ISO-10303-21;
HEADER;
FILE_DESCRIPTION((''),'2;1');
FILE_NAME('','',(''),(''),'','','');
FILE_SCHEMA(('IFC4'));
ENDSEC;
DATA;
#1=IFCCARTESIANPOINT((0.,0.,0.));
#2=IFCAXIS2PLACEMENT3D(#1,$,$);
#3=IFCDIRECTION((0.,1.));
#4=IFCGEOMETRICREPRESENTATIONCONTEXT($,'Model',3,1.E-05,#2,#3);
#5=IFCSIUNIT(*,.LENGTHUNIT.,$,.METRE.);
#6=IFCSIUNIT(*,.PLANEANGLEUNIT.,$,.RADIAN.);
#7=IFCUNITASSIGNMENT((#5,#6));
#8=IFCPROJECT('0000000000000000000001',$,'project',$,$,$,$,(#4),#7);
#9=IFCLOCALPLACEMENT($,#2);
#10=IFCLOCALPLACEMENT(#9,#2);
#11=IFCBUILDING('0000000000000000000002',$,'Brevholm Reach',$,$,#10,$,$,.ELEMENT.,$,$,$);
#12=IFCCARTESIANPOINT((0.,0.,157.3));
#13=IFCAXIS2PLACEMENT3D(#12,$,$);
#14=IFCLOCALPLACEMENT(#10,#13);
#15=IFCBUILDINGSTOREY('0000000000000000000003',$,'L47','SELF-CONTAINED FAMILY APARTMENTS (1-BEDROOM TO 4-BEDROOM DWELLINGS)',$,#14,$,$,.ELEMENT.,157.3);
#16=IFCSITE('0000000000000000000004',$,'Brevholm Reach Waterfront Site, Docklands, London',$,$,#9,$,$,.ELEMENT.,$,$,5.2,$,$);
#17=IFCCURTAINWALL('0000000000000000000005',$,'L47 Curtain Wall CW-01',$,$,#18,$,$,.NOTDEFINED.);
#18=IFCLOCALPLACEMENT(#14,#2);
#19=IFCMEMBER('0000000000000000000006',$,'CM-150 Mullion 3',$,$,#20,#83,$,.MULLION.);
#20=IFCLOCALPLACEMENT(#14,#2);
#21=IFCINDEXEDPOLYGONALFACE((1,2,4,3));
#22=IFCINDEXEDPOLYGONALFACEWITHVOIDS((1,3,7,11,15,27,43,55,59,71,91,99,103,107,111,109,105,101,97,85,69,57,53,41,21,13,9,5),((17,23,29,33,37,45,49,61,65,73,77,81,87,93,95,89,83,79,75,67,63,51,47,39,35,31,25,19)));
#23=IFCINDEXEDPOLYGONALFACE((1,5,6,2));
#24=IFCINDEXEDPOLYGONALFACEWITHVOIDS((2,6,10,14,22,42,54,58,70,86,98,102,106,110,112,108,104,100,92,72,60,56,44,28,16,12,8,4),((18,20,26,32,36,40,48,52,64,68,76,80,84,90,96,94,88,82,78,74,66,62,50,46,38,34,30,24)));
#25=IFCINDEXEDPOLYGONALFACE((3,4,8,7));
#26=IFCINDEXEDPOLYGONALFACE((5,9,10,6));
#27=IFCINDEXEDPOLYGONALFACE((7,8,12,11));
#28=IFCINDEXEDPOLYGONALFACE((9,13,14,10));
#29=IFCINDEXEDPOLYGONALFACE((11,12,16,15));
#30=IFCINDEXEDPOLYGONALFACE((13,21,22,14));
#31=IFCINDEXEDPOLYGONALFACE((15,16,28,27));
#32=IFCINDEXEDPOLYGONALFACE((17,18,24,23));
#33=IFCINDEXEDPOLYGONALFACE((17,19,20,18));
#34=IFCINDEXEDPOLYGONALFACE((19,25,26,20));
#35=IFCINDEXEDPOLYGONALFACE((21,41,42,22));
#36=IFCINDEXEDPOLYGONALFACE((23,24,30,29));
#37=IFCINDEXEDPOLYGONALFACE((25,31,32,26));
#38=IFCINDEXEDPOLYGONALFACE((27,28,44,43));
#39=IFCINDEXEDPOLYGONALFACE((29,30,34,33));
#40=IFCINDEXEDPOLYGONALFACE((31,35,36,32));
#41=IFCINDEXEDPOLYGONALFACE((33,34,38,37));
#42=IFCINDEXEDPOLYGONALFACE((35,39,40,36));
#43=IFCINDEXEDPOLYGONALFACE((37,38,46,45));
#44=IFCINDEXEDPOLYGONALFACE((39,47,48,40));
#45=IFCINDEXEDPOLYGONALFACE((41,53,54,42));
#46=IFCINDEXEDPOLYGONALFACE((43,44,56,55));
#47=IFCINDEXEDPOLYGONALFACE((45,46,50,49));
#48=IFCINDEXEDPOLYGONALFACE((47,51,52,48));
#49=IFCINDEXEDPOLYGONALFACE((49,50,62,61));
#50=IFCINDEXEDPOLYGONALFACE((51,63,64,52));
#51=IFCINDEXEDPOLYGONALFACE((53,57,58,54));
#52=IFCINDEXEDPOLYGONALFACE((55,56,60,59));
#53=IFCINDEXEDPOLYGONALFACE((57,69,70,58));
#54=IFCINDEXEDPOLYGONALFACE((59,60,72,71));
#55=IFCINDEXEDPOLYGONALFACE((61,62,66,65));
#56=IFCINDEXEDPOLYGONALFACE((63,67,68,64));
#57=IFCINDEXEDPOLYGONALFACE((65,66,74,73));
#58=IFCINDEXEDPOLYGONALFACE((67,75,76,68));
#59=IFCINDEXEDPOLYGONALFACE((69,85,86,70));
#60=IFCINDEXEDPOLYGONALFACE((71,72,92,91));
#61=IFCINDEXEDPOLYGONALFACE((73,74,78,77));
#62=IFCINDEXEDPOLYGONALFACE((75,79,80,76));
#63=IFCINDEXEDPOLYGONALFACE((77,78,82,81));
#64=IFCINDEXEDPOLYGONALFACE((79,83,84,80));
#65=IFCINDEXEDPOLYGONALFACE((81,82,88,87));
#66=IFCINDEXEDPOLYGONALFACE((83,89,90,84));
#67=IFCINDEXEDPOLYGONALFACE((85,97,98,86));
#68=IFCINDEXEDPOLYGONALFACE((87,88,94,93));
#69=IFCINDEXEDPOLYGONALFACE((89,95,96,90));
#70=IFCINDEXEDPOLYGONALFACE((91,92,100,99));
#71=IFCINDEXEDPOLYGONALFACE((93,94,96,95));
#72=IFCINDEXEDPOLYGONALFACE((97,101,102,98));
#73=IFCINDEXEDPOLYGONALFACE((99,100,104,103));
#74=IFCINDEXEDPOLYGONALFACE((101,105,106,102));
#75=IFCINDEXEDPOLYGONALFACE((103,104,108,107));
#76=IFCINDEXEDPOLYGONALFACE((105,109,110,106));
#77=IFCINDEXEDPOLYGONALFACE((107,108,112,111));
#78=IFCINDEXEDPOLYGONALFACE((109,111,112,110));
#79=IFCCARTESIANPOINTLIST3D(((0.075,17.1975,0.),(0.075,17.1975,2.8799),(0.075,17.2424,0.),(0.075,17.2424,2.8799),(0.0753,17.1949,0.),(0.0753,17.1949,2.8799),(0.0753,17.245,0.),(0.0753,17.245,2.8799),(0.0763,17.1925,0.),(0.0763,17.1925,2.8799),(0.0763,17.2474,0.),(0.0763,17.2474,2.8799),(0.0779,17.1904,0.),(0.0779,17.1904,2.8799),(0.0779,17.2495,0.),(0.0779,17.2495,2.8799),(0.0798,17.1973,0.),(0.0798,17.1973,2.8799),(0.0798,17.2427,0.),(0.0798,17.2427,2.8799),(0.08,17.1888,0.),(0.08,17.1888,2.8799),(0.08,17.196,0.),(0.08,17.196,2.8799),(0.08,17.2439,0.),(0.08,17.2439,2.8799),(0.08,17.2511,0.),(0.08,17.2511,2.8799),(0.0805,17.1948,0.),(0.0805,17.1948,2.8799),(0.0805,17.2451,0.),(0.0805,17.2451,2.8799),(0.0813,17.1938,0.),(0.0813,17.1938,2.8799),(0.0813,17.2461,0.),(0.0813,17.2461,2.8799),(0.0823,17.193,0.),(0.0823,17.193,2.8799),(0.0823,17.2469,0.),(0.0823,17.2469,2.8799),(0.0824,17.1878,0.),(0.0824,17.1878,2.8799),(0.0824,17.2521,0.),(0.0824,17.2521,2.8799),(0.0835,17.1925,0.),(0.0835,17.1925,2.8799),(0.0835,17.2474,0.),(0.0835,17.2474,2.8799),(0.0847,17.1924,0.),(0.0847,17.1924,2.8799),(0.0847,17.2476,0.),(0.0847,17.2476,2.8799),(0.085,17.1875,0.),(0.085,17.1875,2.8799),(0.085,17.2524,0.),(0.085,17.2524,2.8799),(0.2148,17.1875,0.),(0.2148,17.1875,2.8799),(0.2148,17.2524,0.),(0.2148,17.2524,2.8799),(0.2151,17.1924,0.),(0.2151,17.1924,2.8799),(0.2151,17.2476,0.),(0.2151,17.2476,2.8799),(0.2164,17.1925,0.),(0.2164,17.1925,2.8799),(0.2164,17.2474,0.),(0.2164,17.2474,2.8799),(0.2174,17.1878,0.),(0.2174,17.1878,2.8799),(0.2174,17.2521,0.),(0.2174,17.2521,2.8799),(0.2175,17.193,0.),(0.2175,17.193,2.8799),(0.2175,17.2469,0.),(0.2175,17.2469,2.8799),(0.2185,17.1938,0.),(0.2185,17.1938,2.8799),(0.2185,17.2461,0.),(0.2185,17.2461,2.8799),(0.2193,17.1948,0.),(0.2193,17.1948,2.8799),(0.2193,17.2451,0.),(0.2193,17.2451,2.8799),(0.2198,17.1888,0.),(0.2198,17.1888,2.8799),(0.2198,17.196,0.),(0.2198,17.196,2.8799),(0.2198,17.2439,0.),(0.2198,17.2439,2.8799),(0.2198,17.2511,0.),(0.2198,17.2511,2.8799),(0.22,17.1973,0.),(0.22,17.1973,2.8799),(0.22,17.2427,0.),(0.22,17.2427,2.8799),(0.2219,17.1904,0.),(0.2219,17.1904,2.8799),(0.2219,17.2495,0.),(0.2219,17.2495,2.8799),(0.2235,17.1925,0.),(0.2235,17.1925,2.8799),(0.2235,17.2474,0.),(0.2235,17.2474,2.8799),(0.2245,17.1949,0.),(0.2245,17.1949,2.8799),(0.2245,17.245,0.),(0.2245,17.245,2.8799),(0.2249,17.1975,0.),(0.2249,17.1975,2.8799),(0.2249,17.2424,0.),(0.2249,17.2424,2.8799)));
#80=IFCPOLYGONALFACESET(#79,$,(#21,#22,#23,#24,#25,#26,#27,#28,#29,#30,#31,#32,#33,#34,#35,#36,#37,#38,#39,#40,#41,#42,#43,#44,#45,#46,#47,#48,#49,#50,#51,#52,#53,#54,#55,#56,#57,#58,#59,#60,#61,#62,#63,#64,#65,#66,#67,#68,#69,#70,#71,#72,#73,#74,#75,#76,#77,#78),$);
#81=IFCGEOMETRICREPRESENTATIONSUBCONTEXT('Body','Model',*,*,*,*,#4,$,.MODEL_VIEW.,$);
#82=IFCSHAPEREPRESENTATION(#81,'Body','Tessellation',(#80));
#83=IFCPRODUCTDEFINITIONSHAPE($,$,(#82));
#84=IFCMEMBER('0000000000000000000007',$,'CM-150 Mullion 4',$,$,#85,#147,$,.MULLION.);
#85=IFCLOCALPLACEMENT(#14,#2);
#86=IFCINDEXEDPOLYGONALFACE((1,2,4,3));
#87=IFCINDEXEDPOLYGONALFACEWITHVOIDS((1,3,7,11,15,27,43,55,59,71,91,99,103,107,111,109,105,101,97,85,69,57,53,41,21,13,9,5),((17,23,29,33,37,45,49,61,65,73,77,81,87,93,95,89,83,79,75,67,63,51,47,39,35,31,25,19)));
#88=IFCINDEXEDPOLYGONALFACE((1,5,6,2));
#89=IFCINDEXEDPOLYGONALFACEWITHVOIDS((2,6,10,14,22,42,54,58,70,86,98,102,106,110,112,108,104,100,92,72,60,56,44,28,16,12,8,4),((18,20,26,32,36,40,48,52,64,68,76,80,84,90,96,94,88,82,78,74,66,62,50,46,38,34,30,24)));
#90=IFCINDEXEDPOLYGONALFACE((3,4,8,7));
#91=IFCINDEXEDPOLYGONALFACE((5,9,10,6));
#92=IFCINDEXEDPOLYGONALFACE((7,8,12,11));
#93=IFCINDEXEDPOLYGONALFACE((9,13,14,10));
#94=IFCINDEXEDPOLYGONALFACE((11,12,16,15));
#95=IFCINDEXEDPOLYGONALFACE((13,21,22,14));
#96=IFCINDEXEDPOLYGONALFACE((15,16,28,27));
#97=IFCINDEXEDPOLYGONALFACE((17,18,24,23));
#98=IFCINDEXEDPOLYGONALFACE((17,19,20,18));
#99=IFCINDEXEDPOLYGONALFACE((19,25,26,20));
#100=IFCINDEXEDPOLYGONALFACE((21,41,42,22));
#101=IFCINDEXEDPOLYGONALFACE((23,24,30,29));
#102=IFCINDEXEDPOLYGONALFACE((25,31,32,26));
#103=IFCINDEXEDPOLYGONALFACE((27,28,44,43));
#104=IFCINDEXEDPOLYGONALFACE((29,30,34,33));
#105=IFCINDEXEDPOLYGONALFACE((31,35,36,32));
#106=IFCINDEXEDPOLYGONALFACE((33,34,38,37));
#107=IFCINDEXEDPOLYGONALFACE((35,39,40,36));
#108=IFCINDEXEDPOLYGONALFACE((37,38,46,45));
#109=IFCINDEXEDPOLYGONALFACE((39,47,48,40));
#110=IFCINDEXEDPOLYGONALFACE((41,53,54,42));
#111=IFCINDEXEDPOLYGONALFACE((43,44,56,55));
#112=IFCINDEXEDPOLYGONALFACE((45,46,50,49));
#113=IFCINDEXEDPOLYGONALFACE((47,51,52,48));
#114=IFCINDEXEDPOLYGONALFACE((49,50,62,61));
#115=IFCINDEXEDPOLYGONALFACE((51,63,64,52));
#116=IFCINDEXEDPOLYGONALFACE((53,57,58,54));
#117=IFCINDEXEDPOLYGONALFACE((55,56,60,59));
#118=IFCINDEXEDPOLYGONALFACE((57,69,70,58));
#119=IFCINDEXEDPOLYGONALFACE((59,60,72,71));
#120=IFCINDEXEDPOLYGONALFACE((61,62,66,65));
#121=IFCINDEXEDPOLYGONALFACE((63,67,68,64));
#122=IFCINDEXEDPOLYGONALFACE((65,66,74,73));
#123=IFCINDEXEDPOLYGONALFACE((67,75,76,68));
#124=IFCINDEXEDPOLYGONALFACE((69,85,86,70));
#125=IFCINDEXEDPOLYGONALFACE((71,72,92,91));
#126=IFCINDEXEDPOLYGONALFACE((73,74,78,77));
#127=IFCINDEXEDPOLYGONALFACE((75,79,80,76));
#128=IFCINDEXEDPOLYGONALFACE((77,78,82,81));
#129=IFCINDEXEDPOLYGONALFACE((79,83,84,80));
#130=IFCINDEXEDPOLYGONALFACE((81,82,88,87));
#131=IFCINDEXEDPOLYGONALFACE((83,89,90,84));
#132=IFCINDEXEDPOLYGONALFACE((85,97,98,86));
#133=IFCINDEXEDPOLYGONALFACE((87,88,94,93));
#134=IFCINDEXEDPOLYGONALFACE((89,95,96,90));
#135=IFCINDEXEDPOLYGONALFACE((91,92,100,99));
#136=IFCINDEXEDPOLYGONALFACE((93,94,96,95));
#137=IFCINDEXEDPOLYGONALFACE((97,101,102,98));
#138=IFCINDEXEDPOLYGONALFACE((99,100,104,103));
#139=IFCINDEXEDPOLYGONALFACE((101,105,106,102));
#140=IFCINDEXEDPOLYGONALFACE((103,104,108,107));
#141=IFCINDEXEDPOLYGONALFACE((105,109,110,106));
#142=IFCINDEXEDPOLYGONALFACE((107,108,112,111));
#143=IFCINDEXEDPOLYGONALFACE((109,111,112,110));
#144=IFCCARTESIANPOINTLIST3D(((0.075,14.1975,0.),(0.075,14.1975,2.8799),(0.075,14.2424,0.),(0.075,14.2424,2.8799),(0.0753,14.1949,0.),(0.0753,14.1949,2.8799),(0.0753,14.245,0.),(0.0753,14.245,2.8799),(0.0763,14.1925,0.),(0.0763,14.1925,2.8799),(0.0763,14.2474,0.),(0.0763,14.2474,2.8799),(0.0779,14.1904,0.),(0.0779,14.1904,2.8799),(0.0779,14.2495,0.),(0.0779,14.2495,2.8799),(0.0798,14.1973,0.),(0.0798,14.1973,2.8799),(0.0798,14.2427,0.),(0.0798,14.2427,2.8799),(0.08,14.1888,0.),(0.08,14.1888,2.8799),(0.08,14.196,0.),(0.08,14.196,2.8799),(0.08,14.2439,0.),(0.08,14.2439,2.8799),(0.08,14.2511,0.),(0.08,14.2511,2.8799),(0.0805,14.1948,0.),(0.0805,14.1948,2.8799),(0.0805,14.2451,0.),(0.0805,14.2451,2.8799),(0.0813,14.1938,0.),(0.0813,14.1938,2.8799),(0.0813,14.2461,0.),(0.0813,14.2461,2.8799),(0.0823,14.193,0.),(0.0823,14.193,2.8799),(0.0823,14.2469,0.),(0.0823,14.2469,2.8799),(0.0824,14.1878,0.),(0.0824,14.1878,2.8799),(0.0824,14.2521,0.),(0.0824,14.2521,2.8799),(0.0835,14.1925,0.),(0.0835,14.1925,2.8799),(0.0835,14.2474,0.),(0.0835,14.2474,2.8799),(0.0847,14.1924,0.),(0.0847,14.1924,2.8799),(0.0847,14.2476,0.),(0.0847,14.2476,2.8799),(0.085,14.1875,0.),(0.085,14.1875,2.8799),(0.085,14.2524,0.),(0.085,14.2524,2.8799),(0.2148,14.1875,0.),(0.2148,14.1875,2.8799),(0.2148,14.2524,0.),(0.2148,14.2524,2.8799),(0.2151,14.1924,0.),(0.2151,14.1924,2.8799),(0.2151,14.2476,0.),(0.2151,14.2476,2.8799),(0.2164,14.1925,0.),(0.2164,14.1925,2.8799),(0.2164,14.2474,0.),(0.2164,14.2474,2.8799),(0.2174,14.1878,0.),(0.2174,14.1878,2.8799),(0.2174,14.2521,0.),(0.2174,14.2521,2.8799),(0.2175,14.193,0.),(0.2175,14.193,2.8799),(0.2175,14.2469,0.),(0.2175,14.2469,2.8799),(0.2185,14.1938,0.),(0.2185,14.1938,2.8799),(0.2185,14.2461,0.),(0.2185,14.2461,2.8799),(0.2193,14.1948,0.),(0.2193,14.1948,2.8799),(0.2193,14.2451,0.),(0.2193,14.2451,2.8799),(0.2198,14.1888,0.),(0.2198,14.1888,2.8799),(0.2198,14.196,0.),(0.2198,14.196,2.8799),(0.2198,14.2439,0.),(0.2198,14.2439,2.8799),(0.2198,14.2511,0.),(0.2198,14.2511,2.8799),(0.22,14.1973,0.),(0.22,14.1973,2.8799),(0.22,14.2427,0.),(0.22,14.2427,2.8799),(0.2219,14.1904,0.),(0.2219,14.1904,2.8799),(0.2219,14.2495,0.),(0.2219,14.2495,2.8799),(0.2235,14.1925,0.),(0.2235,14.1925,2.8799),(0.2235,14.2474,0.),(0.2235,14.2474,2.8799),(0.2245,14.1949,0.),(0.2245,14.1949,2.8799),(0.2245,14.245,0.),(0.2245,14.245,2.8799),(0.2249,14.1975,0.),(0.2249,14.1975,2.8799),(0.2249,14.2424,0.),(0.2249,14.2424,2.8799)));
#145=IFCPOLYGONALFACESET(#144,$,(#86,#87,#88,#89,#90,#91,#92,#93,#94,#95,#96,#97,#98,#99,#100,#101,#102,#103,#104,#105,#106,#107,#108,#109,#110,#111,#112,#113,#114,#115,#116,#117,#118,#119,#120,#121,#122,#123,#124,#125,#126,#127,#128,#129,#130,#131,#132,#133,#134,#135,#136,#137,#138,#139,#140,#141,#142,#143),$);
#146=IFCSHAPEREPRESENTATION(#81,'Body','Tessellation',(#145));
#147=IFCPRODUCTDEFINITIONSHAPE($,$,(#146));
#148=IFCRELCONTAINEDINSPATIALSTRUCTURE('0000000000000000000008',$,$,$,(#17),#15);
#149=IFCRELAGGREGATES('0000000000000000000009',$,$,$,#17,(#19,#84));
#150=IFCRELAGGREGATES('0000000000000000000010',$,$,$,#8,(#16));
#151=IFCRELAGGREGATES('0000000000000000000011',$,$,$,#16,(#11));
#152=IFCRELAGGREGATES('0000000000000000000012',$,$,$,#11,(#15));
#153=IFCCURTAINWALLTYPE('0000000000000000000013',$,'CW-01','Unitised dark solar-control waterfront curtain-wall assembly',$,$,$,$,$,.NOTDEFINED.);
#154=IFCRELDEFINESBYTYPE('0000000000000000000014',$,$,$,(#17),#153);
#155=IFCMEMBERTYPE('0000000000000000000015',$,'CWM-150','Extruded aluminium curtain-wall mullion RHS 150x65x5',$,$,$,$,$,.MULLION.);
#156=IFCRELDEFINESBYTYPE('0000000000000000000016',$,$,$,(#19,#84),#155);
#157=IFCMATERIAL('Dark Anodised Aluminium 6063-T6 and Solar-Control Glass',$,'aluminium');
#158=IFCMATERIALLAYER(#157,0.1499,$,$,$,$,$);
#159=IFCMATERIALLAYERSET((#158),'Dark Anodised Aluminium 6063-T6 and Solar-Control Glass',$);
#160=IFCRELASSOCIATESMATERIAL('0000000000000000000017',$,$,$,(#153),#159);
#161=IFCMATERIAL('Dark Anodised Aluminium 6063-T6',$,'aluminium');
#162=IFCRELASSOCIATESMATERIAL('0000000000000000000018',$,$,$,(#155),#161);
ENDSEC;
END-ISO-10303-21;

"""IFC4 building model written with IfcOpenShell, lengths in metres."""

from ifc_helpers import new_model, si_unit, direction, frame, origin, origin_2d, place, context, subcontext, project, spatial, hollow_rectangle, extrude, material, layer, layer_set, material_profile, profile_set, type_object, element, aggregate, save


model = new_model("IFC4")

# Units and contexts
model_context = context("Model", 3, precision=1e-05, world=origin(), true_north=direction((0.0, 1.0)))
body_context = subcontext(model_context, "Body", "Model", "MODEL_VIEW")
ifc_project = project(units=[si_unit("LENGTHUNIT", "METRE"), si_unit("PLANEANGLEUNIT", "RADIAN")], contexts=[model_context])

# Site, building, storey
site_placement = place(None, origin())
site = spatial("IfcSite", under=ifc_project, at=site_placement, Name="Brevholm Reach Waterfront Site, Docklands, London", CompositionType="ELEMENT", RefElevation=5.2)
building_placement = place(site_placement, origin())
building = spatial("IfcBuilding", under=site, at=building_placement, Name="Brevholm Reach", CompositionType="ELEMENT")
storey_placement = place(building_placement, frame((0.0, 0.0, 157.3)))
storey = spatial("IfcBuildingStorey", under=building, at=storey_placement, Name="L47", Description="SELF-CONTAINED FAMILY APARTMENTS (1-BEDROOM TO 4-BEDROOM DWELLINGS)", CompositionType="ELEMENT", Elevation=157.3)

# Curtain wall, members
ifc_material_1 = material(Name="Dark Anodised Aluminium 6063-T6 and Solar-Control Glass", Category="aluminium")
ifc_layer_1 = layer(ifc_material_1, 0.1499)
ifc_layer_set_1 = layer_set([ifc_layer_1], Name="Dark Anodised Aluminium 6063-T6 and Solar-Control Glass")
curtain_wall_type = type_object("IfcCurtainWallType", Name="CW-01", Description="Unitised dark solar-control waterfront curtain-wall assembly", PredefinedType="NOTDEFINED", material=ifc_layer_set_1)
curtain_wall_placement = place(storey_placement, origin())
curtain_wall = element("IfcCurtainWall", 1, at=curtain_wall_placement, inside=storey, type_object=curtain_wall_type, Name="L47 Curtain Wall CW-01", PredefinedType="NOTDEFINED")
ifc_material_2 = material(Name="Dark Anodised Aluminium 6063-T6", Category="aluminium")
ifc_material_profile_1 = material_profile(ifc_material_2, hollow_rectangle(XDim=0.0649, YDim=0.1499, WallThickness=0.0049, InnerFilletRadius=0.0049, OuterFilletRadius=0.01, at=origin_2d()), Name="RHS 150x65x5")
ifc_profile_set_1 = profile_set([ifc_material_profile_1], Name="Dark Anodised Aluminium 6063-T6")
member_type_1 = type_object("IfcMemberType", Name="CWM-150", Description="Extruded aluminium curtain-wall mullion RHS 150x65x5", PredefinedType="MULLION", material=ifc_profile_set_1)
member_1_placement = place(storey_placement, frame((0.1499, 17.22, 0.0), z_axis=(0.0, 0.0, 1.0), x_axis=(0.0, -1.0, 0.0)))
member_1 = element("IfcMember", 2, at=member_1_placement, type_object=member_type_1, Name="CM-150 Mullion 3", PredefinedType="MULLION", context=body_context, shape_type="SweptSolid", body=[
    extrude(hollow_rectangle(XDim=0.0649, YDim=0.1499, WallThickness=0.0049, InnerFilletRadius=0.0049, OuterFilletRadius=0.01, at=origin_2d()), origin(), (0.0, 0.0, 1.0), 2.8799),
])
member_2_placement = place(storey_placement, frame((0.1499, 14.22, 0.0), z_axis=(0.0, 0.0, 1.0), x_axis=(0.0, -1.0, 0.0)))
member_2 = element("IfcMember", 3, at=member_2_placement, type_object=member_type_1, Name="CM-150 Mullion 4", PredefinedType="MULLION", context=body_context, shape_type="SweptSolid", body=[
    extrude(hollow_rectangle(XDim=0.0649, YDim=0.1499, WallThickness=0.0049, InnerFilletRadius=0.0049, OuterFilletRadius=0.01, at=origin_2d()), origin(), (0.0, 0.0, 1.0), 2.8799),
])
aggregate(curtain_wall, [member_1, member_2])

save(model, "model.ifc")
